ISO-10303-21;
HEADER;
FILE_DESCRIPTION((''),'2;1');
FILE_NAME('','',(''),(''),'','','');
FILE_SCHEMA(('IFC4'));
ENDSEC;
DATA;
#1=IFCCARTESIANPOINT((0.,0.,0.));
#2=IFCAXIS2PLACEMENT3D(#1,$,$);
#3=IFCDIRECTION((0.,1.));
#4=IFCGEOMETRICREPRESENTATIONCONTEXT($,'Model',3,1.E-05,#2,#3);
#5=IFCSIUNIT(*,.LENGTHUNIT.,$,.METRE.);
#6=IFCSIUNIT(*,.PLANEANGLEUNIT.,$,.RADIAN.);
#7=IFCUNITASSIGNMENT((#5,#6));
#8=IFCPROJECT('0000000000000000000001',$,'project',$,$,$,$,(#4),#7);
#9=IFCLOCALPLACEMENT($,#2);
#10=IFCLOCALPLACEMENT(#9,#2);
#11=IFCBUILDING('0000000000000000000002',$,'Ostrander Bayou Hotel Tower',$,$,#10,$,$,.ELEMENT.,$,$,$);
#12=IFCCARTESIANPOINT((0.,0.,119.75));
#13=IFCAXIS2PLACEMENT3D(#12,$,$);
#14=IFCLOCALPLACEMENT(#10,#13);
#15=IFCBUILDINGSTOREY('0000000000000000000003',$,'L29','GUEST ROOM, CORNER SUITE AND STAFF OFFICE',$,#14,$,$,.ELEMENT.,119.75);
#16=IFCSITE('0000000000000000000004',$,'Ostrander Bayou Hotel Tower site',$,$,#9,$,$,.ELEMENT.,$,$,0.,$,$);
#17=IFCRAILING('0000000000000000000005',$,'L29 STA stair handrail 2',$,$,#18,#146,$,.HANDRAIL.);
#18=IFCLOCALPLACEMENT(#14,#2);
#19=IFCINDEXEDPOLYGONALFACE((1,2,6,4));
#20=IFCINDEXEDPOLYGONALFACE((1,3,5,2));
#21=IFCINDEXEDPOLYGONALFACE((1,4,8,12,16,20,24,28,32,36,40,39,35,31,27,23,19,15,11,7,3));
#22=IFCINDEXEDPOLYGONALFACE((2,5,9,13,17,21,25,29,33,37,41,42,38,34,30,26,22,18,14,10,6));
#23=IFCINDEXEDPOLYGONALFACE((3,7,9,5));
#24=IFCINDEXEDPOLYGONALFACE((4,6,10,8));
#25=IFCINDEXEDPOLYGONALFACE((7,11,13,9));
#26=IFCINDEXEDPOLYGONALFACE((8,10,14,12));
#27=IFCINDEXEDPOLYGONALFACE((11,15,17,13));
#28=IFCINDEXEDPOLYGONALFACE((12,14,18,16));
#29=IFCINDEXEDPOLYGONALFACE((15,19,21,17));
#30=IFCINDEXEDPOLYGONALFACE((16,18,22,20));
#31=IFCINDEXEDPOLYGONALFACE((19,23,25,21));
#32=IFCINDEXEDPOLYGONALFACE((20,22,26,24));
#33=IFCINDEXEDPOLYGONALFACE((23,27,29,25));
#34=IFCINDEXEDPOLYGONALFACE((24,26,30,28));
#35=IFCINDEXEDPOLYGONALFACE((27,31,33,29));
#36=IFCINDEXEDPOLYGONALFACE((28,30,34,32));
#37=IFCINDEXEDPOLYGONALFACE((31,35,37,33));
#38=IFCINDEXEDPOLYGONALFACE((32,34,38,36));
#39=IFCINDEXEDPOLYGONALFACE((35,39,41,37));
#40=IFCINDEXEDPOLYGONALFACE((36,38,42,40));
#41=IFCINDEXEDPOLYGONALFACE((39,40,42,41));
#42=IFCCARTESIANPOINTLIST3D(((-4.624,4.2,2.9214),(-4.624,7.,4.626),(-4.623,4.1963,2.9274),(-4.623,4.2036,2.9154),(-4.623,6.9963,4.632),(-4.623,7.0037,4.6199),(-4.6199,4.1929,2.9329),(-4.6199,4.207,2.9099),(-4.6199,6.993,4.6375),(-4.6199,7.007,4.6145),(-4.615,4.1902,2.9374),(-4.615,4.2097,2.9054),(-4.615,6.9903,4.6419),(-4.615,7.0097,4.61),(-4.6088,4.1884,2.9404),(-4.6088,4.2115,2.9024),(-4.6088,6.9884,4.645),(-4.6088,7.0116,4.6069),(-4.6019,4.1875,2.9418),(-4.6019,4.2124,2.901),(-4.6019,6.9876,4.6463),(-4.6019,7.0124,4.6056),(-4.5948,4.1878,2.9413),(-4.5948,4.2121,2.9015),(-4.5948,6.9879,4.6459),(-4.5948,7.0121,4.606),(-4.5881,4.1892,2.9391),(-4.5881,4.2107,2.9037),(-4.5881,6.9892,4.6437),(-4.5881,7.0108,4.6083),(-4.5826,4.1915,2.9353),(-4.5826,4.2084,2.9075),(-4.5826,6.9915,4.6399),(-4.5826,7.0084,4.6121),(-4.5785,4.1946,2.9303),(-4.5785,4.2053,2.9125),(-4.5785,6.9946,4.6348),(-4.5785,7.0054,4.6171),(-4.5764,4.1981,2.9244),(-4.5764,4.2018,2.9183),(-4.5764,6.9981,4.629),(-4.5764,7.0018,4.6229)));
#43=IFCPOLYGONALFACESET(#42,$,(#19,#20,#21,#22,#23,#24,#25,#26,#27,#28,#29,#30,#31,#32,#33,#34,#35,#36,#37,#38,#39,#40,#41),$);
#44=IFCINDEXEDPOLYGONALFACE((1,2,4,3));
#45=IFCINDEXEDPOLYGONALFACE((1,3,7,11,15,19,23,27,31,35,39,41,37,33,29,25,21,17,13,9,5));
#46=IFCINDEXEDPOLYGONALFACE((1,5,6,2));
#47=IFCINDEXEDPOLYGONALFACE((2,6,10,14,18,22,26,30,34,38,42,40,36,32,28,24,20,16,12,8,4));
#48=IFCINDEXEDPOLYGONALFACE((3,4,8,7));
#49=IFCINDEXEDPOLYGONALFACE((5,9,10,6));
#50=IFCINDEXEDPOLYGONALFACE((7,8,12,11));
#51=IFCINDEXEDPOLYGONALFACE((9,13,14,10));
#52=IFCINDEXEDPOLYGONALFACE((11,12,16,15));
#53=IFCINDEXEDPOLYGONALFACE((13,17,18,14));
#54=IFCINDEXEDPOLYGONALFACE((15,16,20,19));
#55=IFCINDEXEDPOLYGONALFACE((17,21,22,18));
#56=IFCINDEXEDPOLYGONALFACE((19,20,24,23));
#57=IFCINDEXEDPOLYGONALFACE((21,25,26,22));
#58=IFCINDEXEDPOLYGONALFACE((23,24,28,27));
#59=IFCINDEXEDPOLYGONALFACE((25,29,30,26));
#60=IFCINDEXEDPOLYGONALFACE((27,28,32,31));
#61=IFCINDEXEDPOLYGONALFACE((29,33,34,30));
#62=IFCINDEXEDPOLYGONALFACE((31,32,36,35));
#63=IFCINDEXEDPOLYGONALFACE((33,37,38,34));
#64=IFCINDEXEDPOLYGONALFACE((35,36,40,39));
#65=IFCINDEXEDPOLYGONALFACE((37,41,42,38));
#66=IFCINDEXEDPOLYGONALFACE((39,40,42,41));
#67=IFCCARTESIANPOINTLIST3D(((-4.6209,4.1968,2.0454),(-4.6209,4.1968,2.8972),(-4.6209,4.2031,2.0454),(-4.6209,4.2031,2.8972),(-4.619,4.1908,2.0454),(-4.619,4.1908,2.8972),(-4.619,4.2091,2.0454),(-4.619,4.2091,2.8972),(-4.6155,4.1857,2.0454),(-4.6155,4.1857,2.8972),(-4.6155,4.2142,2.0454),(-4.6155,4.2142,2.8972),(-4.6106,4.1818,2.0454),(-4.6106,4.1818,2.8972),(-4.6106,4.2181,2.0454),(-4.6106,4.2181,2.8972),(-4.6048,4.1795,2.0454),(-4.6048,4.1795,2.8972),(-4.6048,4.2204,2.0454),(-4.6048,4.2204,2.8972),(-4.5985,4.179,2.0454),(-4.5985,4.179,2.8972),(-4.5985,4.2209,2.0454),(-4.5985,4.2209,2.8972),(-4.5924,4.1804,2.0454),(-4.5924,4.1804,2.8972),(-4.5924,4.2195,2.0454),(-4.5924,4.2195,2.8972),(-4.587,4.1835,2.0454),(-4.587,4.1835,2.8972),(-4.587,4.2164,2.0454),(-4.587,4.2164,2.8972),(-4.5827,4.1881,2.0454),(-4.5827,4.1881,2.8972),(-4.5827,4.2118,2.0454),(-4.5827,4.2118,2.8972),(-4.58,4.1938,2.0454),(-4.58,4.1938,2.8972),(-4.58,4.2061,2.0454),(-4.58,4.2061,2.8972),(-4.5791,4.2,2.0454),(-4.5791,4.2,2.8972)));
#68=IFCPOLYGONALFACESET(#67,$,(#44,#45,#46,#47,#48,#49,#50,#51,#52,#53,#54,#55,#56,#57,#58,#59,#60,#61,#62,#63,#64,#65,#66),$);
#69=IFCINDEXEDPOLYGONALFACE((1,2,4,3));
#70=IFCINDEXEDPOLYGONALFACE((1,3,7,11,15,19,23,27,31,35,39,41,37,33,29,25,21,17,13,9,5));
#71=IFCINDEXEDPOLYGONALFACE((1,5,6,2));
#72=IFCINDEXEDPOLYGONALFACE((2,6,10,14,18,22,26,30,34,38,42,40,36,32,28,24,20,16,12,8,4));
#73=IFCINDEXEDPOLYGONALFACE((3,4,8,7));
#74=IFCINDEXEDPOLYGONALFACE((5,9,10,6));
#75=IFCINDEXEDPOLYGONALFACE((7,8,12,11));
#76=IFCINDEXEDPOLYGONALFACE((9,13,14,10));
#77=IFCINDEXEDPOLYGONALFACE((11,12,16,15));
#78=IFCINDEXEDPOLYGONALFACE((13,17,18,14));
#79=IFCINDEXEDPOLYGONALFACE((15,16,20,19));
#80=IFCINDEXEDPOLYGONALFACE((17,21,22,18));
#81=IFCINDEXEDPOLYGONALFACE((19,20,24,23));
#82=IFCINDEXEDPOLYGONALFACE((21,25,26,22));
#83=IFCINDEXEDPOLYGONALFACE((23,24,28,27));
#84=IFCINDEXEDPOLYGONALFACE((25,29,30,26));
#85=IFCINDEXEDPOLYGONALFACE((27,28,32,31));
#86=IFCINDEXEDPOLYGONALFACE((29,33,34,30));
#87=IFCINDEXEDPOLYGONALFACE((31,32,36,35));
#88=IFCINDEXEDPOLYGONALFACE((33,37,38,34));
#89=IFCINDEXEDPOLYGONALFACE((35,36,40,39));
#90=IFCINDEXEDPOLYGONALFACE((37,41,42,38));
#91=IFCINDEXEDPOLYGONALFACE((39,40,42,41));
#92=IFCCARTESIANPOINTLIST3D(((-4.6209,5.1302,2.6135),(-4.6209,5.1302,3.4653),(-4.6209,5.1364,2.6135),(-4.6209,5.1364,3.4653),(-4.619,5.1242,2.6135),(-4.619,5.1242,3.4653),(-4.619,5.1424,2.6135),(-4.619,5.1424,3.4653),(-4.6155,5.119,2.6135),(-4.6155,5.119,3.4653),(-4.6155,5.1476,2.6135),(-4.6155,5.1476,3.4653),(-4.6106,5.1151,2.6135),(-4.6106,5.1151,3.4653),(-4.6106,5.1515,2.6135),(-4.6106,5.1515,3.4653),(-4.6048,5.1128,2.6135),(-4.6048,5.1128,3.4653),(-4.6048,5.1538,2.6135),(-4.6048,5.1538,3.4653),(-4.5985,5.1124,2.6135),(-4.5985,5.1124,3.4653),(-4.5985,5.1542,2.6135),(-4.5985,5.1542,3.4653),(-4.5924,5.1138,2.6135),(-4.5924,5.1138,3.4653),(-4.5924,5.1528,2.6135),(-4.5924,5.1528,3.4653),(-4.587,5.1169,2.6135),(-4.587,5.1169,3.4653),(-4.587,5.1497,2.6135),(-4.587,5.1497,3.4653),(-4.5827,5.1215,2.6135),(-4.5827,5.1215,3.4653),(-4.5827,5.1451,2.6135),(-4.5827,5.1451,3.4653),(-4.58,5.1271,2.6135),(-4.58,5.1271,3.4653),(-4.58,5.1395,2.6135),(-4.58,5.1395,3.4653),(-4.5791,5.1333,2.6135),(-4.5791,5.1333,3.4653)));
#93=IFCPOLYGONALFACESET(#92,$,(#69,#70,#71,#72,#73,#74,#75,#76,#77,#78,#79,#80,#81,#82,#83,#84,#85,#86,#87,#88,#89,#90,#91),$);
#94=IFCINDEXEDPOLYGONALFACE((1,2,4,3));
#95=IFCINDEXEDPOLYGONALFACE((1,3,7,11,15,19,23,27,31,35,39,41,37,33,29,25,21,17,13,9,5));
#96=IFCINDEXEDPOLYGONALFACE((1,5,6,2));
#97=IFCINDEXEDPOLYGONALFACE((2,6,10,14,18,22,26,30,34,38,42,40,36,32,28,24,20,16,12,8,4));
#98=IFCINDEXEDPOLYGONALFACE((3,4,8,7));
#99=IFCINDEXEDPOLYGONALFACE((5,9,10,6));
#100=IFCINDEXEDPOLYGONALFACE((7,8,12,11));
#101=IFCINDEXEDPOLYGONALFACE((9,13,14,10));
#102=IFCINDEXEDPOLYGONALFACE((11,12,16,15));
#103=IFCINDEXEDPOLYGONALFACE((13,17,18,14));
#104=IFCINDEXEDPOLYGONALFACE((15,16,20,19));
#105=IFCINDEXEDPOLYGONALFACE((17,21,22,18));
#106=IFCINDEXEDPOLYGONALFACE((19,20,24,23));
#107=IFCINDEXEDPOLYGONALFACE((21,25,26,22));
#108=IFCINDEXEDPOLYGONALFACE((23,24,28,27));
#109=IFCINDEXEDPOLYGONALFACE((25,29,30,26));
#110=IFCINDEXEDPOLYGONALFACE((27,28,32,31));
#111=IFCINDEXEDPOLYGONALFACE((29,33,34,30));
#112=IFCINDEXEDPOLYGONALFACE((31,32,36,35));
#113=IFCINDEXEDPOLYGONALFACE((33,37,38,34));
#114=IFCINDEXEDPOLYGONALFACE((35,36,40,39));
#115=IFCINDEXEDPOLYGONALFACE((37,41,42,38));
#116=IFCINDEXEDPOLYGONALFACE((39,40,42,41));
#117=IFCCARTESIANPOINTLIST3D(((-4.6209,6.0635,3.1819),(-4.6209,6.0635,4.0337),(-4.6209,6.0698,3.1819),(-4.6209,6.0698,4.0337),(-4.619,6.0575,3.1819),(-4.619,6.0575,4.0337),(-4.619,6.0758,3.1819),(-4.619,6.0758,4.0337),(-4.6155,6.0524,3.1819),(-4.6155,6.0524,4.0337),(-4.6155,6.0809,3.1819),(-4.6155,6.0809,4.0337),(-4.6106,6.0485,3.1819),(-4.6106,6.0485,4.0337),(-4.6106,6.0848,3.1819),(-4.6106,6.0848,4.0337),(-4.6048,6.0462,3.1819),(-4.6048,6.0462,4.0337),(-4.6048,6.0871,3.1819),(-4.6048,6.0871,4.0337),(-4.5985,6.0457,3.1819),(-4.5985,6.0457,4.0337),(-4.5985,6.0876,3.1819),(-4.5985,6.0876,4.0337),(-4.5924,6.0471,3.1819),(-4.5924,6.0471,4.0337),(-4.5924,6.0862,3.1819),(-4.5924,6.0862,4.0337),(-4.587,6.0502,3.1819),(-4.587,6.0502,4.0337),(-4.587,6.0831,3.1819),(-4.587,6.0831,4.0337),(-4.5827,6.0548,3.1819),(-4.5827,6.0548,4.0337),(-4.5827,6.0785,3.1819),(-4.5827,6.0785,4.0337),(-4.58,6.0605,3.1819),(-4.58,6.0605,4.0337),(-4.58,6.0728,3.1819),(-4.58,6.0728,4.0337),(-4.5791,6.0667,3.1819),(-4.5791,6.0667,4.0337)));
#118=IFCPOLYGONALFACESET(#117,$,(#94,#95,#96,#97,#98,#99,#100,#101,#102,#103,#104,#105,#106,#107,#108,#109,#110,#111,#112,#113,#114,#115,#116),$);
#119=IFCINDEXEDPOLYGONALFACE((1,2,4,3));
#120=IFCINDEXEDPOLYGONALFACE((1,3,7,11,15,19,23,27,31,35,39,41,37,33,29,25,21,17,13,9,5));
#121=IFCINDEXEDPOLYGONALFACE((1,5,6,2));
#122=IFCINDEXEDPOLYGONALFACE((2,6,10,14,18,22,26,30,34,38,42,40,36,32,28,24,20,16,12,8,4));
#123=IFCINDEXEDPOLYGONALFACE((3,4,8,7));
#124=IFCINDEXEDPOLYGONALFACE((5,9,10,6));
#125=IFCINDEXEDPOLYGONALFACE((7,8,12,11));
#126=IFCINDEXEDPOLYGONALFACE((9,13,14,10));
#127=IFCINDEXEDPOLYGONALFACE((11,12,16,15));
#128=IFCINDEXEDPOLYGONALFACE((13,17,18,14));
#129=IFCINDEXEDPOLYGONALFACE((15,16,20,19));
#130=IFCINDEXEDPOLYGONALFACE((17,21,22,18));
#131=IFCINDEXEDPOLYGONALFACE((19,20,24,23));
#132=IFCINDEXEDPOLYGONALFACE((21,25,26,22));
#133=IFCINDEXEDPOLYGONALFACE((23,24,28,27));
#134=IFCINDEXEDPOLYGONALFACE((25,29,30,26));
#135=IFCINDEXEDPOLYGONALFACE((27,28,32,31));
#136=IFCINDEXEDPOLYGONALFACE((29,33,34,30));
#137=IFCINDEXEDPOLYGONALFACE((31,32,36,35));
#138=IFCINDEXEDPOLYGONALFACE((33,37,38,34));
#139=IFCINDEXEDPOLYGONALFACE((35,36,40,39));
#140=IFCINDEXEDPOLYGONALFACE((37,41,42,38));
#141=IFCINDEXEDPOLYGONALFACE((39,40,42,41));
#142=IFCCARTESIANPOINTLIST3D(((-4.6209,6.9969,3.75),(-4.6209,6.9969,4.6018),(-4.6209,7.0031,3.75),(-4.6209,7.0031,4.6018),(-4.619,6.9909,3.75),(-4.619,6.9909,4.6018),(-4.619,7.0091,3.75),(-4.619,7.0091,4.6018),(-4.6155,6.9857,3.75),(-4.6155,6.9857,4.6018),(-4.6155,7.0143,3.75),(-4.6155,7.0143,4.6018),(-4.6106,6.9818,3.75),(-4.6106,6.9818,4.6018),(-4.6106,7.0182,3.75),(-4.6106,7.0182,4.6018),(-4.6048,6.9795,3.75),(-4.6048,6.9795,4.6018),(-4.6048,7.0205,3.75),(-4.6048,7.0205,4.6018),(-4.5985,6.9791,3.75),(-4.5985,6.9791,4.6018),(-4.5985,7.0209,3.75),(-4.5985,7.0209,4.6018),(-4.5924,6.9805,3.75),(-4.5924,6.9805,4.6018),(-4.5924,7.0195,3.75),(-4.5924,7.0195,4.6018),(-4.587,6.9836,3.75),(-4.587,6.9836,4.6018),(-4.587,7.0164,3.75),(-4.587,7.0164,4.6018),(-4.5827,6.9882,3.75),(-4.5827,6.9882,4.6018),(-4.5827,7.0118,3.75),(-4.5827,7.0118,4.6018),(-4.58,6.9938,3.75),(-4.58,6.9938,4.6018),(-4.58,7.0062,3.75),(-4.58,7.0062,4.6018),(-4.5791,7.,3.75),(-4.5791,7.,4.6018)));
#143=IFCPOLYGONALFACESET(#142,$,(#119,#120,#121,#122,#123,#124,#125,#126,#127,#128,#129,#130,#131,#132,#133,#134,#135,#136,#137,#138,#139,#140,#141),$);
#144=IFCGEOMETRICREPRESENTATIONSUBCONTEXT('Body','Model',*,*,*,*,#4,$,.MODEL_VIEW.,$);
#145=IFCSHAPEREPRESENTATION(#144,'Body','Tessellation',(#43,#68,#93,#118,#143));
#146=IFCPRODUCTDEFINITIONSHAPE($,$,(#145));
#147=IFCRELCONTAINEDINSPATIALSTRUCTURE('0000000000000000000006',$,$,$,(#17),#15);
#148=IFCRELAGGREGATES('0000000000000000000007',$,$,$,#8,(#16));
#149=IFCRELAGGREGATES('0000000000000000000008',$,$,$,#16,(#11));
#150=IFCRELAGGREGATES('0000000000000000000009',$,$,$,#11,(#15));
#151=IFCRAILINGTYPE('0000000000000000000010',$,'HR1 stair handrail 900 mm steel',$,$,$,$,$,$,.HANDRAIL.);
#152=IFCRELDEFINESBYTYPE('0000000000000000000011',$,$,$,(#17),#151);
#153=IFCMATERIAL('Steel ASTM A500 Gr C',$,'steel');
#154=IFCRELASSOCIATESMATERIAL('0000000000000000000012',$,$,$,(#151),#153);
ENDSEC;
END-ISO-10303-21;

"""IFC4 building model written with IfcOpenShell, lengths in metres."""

from ifc_helpers import new_model, si_unit, direction, frame, origin, origin_2d, place, context, subcontext, project, spatial, circle, extrude, material, type_object, element, save


model = new_model("IFC4")

# Units and contexts
model_context = context("Model", 3, precision=1e-05, world=origin(), true_north=direction((0.0, 1.0)))
body_context = subcontext(model_context, "Body", "Model", "MODEL_VIEW")
ifc_project = project(units=[si_unit("LENGTHUNIT", "METRE"), si_unit("PLANEANGLEUNIT", "RADIAN")], contexts=[model_context])

# Site, building, storey
site_placement = place(None, origin())
site = spatial("IfcSite", under=ifc_project, at=site_placement, Name="Ostrander Bayou Hotel Tower site", CompositionType="ELEMENT", RefElevation=0.0)
building_placement = place(site_placement, origin())
building = spatial("IfcBuilding", under=site, at=building_placement, Name="Ostrander Bayou Hotel Tower", CompositionType="ELEMENT")
storey_placement = place(building_placement, frame((0.0, 0.0, 119.75)))
storey = spatial("IfcBuildingStorey", under=building, at=storey_placement, Name="L29", Description="GUEST ROOM, CORNER SUITE AND STAFF OFFICE", CompositionType="ELEMENT", Elevation=119.75)

# Railing
ifc_material_1 = material(Name="Steel ASTM A500 Gr C", Category="steel")
railing_type_1 = type_object("IfcRailingType", Name="HR1 stair handrail 900 mm steel", PredefinedType="HANDRAIL", material=ifc_material_1)
railing_1_placement = place(storey_placement, frame((-4.6001, 4.2, 2.0454)))
element("IfcRailing", 1, at=railing_1_placement, inside=storey, type_object=railing_type_1, Name="L29 STA stair handrail 2", PredefinedType="HANDRAIL", context=body_context, shape_type="SweptSolid", body=[
    extrude(circle(Radius=0.0239, at=origin_2d()), frame((0.0, 0.0, 0.876), z_axis=(0.0, 0.85417, 0.519994), x_axis=(-1.0, 0.0, 0.0)), (0.0, 0.0, 1.0), 3.2781),
    extrude(circle(Radius=0.021, at=origin_2d()), origin(), (0.0, 0.0, 1.0), 0.8518),
    extrude(circle(Radius=0.021, at=origin_2d()), frame((0.0, 0.9333, 0.5681)), (0.0, 0.0, 1.0), 0.8518),
    extrude(circle(Radius=0.021, at=origin_2d()), frame((0.0, 1.8667, 1.1365)), (0.0, 0.0, 1.0), 0.8518),
    extrude(circle(Radius=0.021, at=origin_2d()), frame((0.0, 2.8, 1.7046)), (0.0, 0.0, 1.0), 0.8518),
])

save(model, "model.ifc")
